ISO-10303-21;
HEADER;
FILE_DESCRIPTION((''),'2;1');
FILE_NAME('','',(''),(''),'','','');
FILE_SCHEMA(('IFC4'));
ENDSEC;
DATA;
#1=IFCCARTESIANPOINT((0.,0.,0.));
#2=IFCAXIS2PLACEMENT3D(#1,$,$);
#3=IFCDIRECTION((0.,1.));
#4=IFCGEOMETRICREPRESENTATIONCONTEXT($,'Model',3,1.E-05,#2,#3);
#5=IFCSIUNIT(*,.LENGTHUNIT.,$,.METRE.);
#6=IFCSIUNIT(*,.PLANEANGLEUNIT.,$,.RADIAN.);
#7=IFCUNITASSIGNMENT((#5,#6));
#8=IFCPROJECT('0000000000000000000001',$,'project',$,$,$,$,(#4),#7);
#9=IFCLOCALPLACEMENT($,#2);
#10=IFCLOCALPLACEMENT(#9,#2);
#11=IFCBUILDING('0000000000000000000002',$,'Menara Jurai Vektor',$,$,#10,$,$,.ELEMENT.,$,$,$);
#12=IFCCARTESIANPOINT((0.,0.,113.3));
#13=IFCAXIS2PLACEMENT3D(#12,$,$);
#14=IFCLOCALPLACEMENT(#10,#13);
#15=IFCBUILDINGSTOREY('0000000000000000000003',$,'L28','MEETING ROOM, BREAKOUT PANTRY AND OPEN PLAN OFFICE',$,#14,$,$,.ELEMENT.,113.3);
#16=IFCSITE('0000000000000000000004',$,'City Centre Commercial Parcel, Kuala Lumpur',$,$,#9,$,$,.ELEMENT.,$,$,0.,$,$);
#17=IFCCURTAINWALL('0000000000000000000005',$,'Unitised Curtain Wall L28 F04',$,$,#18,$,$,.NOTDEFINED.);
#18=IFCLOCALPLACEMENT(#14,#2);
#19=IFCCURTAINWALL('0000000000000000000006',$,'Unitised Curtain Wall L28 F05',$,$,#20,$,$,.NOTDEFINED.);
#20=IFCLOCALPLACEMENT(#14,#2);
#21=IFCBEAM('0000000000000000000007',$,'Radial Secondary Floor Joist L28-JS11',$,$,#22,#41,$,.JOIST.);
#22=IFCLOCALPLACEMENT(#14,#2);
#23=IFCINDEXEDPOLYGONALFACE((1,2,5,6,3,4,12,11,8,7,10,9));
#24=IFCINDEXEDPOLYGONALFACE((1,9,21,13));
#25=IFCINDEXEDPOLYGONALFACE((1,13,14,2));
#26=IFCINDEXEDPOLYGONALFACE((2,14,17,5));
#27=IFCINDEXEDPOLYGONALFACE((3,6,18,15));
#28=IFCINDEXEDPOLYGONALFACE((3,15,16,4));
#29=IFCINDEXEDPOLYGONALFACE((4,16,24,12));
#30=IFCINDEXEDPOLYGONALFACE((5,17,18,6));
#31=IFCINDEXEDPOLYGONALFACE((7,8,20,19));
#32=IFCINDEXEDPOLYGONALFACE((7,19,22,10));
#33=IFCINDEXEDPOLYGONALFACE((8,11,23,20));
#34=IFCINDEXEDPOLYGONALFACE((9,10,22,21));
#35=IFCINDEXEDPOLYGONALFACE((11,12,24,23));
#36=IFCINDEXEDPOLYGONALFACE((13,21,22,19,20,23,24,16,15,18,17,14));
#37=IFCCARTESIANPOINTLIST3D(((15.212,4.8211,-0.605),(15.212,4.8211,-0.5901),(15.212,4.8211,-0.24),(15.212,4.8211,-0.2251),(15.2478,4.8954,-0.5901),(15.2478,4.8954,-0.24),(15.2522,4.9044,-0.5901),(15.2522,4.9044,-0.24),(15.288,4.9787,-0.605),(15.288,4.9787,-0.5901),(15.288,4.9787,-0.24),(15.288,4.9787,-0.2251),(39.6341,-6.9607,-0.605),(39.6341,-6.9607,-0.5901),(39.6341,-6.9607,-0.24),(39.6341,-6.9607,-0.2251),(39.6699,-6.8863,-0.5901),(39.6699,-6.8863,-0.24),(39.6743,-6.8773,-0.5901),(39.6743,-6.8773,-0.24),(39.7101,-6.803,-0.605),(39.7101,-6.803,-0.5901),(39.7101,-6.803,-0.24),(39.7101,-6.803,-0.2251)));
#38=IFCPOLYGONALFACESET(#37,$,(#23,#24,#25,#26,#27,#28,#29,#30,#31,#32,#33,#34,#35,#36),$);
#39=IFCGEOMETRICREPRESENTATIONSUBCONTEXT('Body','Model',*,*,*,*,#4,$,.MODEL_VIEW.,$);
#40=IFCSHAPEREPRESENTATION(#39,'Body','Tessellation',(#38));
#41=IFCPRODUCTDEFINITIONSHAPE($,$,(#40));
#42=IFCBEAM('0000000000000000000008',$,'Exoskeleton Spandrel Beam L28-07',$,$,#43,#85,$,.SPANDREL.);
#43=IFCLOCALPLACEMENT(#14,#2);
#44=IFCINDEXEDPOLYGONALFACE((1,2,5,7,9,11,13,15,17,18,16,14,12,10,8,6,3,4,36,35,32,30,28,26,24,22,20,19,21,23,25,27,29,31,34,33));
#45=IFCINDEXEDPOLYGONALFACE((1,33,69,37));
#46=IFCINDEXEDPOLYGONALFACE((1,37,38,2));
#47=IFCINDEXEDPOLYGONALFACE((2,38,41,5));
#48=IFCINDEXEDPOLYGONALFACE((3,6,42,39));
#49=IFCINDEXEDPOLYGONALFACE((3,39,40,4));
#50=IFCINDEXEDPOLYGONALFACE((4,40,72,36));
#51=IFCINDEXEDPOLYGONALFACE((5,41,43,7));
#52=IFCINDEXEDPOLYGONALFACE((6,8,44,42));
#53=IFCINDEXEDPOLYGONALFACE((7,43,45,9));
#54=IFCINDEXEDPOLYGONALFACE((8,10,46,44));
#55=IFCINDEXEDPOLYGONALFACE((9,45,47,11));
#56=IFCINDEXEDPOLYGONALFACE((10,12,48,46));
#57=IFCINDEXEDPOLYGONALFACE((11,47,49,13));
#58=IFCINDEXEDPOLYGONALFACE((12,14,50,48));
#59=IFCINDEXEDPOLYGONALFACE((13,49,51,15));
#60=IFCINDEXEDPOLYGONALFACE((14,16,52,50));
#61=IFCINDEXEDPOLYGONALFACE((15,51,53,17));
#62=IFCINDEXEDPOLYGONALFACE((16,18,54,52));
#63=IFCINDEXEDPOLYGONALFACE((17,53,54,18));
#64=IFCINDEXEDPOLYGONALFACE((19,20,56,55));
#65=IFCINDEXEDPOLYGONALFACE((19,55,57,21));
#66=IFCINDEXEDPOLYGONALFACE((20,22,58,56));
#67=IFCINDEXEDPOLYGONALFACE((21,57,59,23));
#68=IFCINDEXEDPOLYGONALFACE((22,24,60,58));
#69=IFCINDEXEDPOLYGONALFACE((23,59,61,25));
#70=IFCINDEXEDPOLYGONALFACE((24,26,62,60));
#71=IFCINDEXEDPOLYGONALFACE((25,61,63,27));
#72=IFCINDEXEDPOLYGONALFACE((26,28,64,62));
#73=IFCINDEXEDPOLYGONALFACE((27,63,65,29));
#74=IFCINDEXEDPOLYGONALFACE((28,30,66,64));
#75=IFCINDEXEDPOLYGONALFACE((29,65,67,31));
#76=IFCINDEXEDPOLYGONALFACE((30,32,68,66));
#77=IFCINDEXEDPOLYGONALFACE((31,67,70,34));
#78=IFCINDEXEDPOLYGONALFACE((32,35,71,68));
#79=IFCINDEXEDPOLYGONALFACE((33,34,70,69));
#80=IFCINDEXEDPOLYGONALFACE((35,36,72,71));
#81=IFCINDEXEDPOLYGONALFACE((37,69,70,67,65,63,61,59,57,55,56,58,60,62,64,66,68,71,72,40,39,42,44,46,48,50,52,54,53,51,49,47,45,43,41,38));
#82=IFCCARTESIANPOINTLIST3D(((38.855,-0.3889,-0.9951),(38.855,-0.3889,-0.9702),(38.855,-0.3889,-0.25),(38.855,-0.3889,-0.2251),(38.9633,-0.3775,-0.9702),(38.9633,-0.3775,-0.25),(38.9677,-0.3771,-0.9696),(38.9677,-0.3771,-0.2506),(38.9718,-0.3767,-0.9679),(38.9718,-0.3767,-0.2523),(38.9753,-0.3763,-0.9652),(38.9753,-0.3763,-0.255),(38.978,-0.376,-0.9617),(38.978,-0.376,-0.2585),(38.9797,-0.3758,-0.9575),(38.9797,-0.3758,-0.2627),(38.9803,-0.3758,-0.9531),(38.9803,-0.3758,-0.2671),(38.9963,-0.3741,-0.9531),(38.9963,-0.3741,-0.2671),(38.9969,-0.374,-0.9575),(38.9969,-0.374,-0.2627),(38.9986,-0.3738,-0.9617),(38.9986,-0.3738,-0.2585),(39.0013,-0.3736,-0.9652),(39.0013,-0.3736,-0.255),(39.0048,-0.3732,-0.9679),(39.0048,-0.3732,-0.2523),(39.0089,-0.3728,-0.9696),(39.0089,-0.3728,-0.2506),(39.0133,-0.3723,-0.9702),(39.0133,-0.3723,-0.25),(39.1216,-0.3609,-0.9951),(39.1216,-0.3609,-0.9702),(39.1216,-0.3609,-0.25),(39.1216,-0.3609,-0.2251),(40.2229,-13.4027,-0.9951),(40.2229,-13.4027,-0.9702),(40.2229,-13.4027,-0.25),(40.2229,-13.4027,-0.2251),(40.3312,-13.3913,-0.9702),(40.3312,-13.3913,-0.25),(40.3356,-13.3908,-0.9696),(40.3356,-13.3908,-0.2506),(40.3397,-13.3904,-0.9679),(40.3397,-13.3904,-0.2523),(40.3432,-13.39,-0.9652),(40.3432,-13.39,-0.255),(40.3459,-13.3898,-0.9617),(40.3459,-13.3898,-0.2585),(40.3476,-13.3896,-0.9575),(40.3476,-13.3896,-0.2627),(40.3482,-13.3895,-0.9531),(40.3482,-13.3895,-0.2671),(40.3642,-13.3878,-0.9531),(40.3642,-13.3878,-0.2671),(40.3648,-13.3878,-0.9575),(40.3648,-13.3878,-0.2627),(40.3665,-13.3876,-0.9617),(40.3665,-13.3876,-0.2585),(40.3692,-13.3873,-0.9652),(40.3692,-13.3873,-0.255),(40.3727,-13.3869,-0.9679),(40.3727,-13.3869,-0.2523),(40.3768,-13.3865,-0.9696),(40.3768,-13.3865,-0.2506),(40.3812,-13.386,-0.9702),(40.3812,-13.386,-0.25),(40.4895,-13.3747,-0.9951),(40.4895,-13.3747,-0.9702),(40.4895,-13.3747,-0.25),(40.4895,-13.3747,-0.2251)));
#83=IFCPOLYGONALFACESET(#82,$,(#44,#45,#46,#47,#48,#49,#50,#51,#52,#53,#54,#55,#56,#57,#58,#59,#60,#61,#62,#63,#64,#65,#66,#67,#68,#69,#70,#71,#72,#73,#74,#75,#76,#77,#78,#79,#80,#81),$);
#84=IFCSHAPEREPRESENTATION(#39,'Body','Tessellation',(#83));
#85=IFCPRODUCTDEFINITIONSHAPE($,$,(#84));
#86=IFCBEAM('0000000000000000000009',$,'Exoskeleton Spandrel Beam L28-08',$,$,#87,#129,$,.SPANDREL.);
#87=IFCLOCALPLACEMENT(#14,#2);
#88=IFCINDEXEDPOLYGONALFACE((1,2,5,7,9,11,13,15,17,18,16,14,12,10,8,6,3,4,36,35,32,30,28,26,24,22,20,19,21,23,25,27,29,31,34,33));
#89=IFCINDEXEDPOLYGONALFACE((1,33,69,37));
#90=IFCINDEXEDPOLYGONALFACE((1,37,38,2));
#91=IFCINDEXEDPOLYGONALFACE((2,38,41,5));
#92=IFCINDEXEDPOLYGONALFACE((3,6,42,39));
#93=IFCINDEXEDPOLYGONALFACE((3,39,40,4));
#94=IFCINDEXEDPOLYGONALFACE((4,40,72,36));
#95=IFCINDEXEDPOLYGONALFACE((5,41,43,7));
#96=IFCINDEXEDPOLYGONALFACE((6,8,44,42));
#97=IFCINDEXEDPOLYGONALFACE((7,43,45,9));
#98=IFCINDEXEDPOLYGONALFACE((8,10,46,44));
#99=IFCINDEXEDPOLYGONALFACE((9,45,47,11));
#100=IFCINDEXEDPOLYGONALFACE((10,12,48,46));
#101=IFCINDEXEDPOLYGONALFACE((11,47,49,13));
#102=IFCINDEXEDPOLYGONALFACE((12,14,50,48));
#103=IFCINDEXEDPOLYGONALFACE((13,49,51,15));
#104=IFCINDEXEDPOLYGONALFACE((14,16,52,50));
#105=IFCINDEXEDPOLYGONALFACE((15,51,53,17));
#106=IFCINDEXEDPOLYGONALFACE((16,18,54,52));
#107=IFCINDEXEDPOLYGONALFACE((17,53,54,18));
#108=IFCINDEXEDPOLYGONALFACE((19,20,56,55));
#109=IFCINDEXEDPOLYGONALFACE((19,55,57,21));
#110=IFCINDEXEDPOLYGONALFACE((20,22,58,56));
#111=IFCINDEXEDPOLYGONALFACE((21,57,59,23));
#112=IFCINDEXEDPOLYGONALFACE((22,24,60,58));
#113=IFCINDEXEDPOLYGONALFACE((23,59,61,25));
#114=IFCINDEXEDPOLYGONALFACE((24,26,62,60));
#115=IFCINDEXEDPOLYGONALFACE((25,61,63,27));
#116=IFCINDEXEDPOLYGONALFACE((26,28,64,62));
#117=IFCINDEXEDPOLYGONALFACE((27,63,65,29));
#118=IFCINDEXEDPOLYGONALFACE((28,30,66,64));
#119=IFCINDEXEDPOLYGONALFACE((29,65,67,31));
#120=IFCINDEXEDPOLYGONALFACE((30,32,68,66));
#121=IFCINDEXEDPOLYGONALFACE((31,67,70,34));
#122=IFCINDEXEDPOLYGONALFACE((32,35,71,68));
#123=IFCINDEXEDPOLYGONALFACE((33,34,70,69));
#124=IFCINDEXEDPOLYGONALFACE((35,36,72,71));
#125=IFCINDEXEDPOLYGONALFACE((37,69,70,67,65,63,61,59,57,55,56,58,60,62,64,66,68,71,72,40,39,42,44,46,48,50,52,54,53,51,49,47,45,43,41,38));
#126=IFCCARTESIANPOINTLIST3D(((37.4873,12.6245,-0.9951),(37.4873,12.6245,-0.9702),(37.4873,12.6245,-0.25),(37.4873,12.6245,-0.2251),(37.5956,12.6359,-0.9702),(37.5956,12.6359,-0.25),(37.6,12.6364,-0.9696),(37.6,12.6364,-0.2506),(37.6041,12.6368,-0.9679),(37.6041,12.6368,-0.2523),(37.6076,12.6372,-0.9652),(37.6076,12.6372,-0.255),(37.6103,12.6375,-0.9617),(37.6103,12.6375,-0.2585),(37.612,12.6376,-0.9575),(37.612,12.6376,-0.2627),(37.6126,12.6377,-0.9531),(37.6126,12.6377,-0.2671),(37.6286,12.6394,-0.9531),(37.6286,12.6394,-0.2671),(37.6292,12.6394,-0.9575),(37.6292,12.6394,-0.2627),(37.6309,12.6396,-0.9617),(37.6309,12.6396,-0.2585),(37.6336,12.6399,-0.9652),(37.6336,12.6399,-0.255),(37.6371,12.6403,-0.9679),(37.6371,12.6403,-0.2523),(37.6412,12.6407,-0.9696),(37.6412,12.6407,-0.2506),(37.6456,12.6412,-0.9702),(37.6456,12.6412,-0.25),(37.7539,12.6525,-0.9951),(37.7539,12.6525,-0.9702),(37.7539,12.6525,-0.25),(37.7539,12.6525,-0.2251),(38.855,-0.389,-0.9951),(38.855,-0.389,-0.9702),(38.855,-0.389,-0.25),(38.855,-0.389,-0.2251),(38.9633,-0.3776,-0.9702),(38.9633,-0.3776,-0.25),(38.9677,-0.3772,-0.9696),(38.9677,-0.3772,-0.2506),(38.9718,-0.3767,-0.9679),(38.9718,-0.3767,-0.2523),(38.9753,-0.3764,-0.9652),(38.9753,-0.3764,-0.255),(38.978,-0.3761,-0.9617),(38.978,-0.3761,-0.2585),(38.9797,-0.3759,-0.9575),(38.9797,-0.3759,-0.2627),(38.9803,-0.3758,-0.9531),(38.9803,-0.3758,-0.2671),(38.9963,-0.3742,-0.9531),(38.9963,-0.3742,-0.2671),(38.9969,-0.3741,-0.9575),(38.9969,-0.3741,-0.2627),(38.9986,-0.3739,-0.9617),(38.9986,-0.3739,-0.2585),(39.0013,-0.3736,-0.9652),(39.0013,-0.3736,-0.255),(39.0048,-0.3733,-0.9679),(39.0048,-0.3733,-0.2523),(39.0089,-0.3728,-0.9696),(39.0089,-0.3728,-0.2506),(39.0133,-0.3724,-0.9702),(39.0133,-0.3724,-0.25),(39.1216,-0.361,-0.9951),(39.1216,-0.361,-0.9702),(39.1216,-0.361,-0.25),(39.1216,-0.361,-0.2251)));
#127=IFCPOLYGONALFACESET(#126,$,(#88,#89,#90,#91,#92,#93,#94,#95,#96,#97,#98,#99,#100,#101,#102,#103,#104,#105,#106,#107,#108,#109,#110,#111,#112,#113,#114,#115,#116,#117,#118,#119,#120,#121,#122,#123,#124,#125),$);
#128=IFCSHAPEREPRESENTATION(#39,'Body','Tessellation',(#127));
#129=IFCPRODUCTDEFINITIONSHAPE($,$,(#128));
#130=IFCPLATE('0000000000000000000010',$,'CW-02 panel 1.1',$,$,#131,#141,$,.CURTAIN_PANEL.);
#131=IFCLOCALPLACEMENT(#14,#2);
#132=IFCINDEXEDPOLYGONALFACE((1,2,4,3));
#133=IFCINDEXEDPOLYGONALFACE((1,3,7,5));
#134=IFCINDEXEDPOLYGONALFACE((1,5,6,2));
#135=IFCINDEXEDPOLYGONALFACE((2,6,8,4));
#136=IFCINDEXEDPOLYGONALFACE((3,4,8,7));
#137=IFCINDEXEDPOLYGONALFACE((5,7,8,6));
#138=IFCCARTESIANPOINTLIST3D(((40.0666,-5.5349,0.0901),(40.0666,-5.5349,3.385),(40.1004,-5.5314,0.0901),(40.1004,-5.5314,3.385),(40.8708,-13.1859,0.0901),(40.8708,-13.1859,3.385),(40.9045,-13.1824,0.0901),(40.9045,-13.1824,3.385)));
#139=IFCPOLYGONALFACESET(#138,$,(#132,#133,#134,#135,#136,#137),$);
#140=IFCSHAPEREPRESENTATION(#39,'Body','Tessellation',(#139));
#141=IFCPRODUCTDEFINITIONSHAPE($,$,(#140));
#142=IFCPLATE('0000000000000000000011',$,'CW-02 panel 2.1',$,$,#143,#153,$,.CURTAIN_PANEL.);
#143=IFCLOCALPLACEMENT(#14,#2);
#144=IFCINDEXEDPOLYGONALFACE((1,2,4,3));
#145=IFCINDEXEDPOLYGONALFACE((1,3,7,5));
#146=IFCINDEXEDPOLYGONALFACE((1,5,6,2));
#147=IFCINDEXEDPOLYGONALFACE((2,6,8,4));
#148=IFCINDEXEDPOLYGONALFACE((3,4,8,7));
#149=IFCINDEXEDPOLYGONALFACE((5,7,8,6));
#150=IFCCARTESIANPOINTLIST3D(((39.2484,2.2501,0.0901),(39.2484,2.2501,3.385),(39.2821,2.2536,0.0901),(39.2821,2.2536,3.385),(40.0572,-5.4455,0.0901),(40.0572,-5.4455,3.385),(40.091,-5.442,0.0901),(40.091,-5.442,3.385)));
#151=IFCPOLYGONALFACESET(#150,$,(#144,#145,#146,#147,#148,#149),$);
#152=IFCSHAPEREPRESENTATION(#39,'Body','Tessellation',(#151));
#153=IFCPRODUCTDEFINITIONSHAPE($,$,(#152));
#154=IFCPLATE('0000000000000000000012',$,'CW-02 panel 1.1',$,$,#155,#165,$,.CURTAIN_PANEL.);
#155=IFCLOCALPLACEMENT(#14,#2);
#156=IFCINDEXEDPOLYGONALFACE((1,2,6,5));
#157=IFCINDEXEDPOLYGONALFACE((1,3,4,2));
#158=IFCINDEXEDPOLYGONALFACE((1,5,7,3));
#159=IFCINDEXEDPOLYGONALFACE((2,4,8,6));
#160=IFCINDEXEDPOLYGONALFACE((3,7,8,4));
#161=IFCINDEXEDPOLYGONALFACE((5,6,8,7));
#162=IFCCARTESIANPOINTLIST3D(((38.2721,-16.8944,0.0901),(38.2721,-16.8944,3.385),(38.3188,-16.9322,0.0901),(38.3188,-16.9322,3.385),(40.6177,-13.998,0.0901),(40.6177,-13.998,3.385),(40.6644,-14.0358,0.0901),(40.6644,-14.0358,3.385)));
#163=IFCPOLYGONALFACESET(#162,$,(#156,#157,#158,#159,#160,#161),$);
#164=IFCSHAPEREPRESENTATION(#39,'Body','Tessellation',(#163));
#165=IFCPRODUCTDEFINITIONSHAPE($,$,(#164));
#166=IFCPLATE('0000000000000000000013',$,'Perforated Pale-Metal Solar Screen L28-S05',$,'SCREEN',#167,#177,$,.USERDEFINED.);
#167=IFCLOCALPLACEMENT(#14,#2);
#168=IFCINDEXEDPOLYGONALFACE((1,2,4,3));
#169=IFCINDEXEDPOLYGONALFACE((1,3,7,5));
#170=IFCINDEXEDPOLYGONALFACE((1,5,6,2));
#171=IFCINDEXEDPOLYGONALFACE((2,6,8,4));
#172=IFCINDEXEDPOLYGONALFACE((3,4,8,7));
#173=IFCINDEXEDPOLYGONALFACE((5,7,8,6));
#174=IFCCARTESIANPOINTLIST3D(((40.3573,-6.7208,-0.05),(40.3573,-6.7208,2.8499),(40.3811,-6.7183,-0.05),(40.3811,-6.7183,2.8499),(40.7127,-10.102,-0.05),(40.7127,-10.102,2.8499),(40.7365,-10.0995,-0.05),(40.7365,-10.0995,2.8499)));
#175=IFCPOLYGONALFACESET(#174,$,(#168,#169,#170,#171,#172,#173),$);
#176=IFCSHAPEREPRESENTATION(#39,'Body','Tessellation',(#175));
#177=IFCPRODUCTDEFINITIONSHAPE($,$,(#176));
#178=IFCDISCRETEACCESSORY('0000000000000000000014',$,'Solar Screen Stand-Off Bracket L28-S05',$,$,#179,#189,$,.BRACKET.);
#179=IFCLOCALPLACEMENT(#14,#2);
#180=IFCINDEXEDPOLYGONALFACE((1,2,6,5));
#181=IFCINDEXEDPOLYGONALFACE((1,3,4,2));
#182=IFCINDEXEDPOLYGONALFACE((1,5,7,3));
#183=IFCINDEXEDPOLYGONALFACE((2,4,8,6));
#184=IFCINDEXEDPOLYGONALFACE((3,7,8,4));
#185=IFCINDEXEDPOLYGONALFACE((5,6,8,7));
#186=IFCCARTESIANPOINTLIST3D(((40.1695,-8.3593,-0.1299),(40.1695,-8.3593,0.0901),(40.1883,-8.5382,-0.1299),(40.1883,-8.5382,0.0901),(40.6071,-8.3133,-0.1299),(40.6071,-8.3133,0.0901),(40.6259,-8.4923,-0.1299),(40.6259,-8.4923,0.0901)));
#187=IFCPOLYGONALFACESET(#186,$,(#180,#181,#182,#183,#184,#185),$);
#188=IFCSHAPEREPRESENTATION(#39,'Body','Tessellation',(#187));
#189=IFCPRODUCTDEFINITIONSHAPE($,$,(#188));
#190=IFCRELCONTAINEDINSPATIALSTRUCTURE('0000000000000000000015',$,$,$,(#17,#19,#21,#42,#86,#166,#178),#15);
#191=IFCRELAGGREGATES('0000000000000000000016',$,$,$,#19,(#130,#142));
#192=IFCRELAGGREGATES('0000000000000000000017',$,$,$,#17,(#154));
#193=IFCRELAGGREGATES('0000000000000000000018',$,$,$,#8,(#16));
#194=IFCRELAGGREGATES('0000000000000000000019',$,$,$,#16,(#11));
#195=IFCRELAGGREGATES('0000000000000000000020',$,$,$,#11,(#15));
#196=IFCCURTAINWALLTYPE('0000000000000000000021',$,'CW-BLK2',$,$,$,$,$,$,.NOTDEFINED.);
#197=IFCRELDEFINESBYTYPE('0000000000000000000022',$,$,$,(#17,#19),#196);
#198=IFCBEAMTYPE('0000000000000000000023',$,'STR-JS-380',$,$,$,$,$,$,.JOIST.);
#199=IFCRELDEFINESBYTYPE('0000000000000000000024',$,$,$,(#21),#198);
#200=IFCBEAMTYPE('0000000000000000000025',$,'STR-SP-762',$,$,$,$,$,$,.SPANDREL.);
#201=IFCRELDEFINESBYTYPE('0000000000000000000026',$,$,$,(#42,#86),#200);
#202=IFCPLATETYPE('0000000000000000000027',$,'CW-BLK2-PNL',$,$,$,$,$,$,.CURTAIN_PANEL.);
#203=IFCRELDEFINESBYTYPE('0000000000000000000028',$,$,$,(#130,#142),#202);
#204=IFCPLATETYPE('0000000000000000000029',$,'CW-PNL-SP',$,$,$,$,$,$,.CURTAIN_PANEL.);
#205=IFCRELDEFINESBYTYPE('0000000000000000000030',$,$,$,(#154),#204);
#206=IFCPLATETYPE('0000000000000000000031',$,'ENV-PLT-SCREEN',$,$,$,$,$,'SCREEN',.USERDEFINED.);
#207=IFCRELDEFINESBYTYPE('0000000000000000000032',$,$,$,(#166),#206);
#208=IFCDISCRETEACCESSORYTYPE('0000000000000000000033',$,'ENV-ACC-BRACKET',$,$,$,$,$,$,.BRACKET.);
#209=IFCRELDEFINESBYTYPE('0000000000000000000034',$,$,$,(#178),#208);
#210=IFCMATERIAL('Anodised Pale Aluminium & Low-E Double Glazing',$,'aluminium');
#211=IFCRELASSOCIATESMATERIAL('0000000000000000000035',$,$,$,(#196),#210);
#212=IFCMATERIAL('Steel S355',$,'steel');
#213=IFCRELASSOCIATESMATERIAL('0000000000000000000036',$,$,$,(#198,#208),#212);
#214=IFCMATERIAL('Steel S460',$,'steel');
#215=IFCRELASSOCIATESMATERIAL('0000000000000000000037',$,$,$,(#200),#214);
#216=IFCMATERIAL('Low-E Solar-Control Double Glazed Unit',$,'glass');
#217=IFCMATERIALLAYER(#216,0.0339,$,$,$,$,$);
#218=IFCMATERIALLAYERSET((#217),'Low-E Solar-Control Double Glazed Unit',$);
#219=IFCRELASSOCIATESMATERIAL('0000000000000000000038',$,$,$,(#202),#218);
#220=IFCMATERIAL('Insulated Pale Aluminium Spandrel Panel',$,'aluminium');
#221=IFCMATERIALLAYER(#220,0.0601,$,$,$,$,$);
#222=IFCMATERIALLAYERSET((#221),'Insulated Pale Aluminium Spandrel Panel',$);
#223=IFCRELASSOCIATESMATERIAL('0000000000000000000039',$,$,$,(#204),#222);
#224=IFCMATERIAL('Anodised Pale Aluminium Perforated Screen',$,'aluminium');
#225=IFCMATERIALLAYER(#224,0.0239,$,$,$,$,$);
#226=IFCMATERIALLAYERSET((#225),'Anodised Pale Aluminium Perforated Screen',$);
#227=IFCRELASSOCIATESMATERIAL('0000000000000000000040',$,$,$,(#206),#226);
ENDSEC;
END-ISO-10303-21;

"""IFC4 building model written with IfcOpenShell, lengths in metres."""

from ifc_helpers import new_model, si_unit, direction, frame, origin, origin_2d, place, context, subcontext, project, spatial, rectangle, i_section, extrude, material, layer, layer_set, material_profile, profile_set, type_object, element, aggregate, save


model = new_model("IFC4")

# Units and contexts
model_context = context("Model", 3, precision=1e-05, world=origin(), true_north=direction((0.0, 1.0)))
body_context = subcontext(model_context, "Body", "Model", "MODEL_VIEW")
ifc_project = project(units=[si_unit("LENGTHUNIT", "METRE"), si_unit("PLANEANGLEUNIT", "RADIAN")], contexts=[model_context])

# Site, building, storey
site_placement = place(None, origin())
site = spatial("IfcSite", under=ifc_project, at=site_placement, Name="City Centre Commercial Parcel, Kuala Lumpur", CompositionType="ELEMENT", RefElevation=0.0)
building_placement = place(site_placement, origin())
building = spatial("IfcBuilding", under=site, at=building_placement, Name="Menara Jurai Vektor", CompositionType="ELEMENT")
storey_placement = place(building_placement, frame((0.0, 0.0, 113.3)))
storey = spatial("IfcBuildingStorey", under=building, at=storey_placement, Name="L28", Description="MEETING ROOM, BREAKOUT PANTRY AND OPEN PLAN OFFICE", CompositionType="ELEMENT", Elevation=113.3)

# Shared definitions
ifc_material_1 = material(Name="Steel S460", Category="steel")

# Curtain wall
ifc_material_2 = material(Name="Anodised Pale Aluminium & Low-E Double Glazing", Category="aluminium")
curtain_wall_type = type_object("IfcCurtainWallType", Name="CW-BLK2", PredefinedType="NOTDEFINED", material=ifc_material_2)
curtain_wall_1_placement = place(storey_placement, origin())
curtain_wall_1 = element("IfcCurtainWall", 1, at=curtain_wall_1_placement, inside=storey, type_object=curtain_wall_type, Name="Unitised Curtain Wall L28 F04", PredefinedType="NOTDEFINED")

# Curtain wall
curtain_wall_2_placement = place(storey_placement, origin())
curtain_wall_2 = element("IfcCurtainWall", 2, at=curtain_wall_2_placement, inside=storey, type_object=curtain_wall_type, Name="Unitised Curtain Wall L28 F05", PredefinedType="NOTDEFINED")

# Shared definitions
ifc_material_3 = material(Name="Steel S355", Category="steel")

# Beams
ifc_material_profile_1 = material_profile(ifc_material_3, i_section(OverallWidth=0.175, OverallDepth=0.3799, WebThickness=0.01, FlangeThickness=0.0149, at=origin_2d()), Name="PG 380x175x58")
ifc_profile_set_1 = profile_set([ifc_material_profile_1], Name="Steel S355")
beam_type_1 = type_object("IfcBeamType", Name="STR-JS-380", PredefinedType="JOIST", material=ifc_profile_set_1)
beam_1_placement = place(storey_placement, frame((39.6721, -6.8818, -0.415), z_axis=(-0.900671, 0.434502, 0.0), x_axis=(-0.434502, -0.900671, 0.0)))
element("IfcBeam", 3, at=beam_1_placement, inside=storey, type_object=beam_type_1, Name="Radial Secondary Floor Joist L28-JS11", PredefinedType="JOIST", context=body_context, shape_type="SweptSolid", body=[
    extrude(i_section(OverallWidth=0.175, OverallDepth=0.3799, WebThickness=0.01, FlangeThickness=0.0149, at=origin_2d()), origin(), (0.0, 0.0, 1.0), 27.1155),
])
ifc_material_profile_2 = material_profile(ifc_material_1, i_section(OverallWidth=0.2681, OverallDepth=0.77, WebThickness=0.0161, FlangeThickness=0.0249, FilletRadius=0.0171, at=origin_2d()), Name="UKB 762x267x197")
ifc_profile_set_2 = profile_set([ifc_material_profile_2], Name="Steel S460")
beam_type_2 = type_object("IfcBeamType", Name="STR-SP-762", PredefinedType="SPANDREL", material=ifc_profile_set_2)
beam_2_placement = place(storey_placement, frame((40.3562, -13.3887, -0.6101), z_axis=(-0.104538, 0.994521, 0.0), x_axis=(-0.994521, -0.104538, 0.0)))
element("IfcBeam", 4, at=beam_2_placement, inside=storey, type_object=beam_type_2, Name="Exoskeleton Spandrel Beam L28-07", PredefinedType="SPANDREL", context=body_context, shape_type="SweptSolid", body=[
    extrude(i_section(OverallWidth=0.2681, OverallDepth=0.77, WebThickness=0.0161, FlangeThickness=0.0249, FilletRadius=0.0171, at=origin_2d()), origin(), (0.0, 0.0, 1.0), 13.0854),
])
beam_3_placement = place(storey_placement, frame((38.9883, -0.375, -0.6101), z_axis=(-0.104522, 0.994523, 0.0), x_axis=(-0.994523, -0.104522, 0.0)))
element("IfcBeam", 5, at=beam_3_placement, inside=storey, type_object=beam_type_2, Name="Exoskeleton Spandrel Beam L28-08", PredefinedType="SPANDREL", context=body_context, shape_type="SweptSolid", body=[
    extrude(i_section(OverallWidth=0.2681, OverallDepth=0.77, WebThickness=0.0161, FlangeThickness=0.0249, FilletRadius=0.0171, at=origin_2d()), origin(), (0.0, 0.0, 1.0), 13.0852),
])

# Plates
ifc_material_4 = material(Name="Low-E Solar-Control Double Glazed Unit", Category="glass")
ifc_layer_1 = layer(ifc_material_4, 0.0339)
ifc_layer_set_1 = layer_set([ifc_layer_1], Name="Low-E Solar-Control Double Glazed Unit")
plate_type_1 = type_object("IfcPlateType", Name="CW-BLK2-PNL", PredefinedType="CURTAIN_PANEL", material=ifc_layer_set_1)
plate_1_placement = place(storey_placement, frame((40.4856, -9.3586, 0.0901), z_axis=(0.0, 0.0, 1.0), x_axis=(-0.10453, 0.994522, 0.0)))
plate_1 = element("IfcPlate", 6, at=plate_1_placement, type_object=plate_type_1, Name="CW-02 panel 1.1", PredefinedType="CURTAIN_PANEL", context=body_context, shape_type="SweptSolid", body=[
    extrude(rectangle(XDim=7.6931, YDim=0.0339, at=origin_2d()), origin(), (0.0, 0.0, 1.0), 3.2949),
])
plate_2_placement = place(storey_placement, frame((39.6697, -1.5959, 0.0901), z_axis=(0.0, 0.0, 1.0), x_axis=(-0.10453, 0.994522, 0.0)))
plate_2 = element("IfcPlate", 7, at=plate_2_placement, type_object=plate_type_1, Name="CW-02 panel 2.1", PredefinedType="CURTAIN_PANEL", context=body_context, shape_type="SweptSolid", body=[
    extrude(rectangle(XDim=7.738, YDim=0.0339, at=origin_2d()), origin(), (0.0, 0.0, 1.0), 3.2949),
])
aggregate(curtain_wall_2, [plate_1, plate_2])
ifc_material_5 = material(Name="Insulated Pale Aluminium Spandrel Panel", Category="aluminium")
ifc_layer_2 = layer(ifc_material_5, 0.0601)
ifc_layer_set_2 = layer_set([ifc_layer_2], Name="Insulated Pale Aluminium Spandrel Panel")
plate_type_2 = type_object("IfcPlateType", Name="CW-PNL-SP", PredefinedType="CURTAIN_PANEL", material=ifc_layer_set_2)
plate_3_placement = place(storey_placement, frame((39.4683, -15.4651, 0.0901), z_axis=(0.0, 0.0, 1.0), x_axis=(0.629341, 0.777129, 0.0)))
plate_3 = element("IfcPlate", 8, at=plate_3_placement, type_object=plate_type_2, Name="CW-02 panel 1.1", PredefinedType="CURTAIN_PANEL", context=body_context, shape_type="SweptSolid", body=[
    extrude(rectangle(XDim=3.7271, YDim=0.0601, at=origin_2d()), origin(), (0.0, 0.0, 1.0), 3.2949),
])
aggregate(curtain_wall_1, [plate_3])
ifc_material_6 = material(Name="Anodised Pale Aluminium Perforated Screen", Category="aluminium")
ifc_layer_3 = layer(ifc_material_6, 0.0239)
ifc_layer_set_3 = layer_set([ifc_layer_3], Name="Anodised Pale Aluminium Perforated Screen")
plate_type_3 = type_object("IfcPlateType", Name="ENV-PLT-SCREEN", ElementType="SCREEN", PredefinedType="USERDEFINED", material=ifc_layer_set_3)
plate_4_placement = place(storey_placement, frame((40.5469, -8.4102, -0.05), z_axis=(0.0, 0.0, 1.0), x_axis=(-0.104528, 0.994522, 0.0)))
element("IfcPlate", 9, at=plate_4_placement, inside=storey, type_object=plate_type_3, Name="Perforated Pale-Metal Solar Screen L28-S05", ObjectType="SCREEN", PredefinedType="USERDEFINED", context=body_context, shape_type="SweptSolid", body=[
    extrude(rectangle(XDim=3.3999, YDim=0.0239, at=origin_2d()), origin(), (0.0, 0.0, 1.0), 2.8999),
])

# Discrete accessory
discrete_accessory_type = type_object("IfcDiscreteAccessoryType", Name="ENV-ACC-BRACKET", PredefinedType="BRACKET", material=ifc_material_3)
discrete_accessory_placement = place(storey_placement, frame((40.3977, -8.4258, -0.1299), z_axis=(0.0, 0.0, 1.0), x_axis=(-0.104528, 0.994522, 0.0)))
element("IfcDiscreteAccessory", 10, at=discrete_accessory_placement, inside=storey, type_object=discrete_accessory_type, Name="Solar Screen Stand-Off Bracket L28-S05", PredefinedType="BRACKET", context=body_context, shape_type="SweptSolid", body=[
    extrude(rectangle(XDim=0.1799, YDim=0.4399, at=origin_2d()), origin(), (0.0, 0.0, 1.0), 0.22),
])

save(model, "model.ifc")
